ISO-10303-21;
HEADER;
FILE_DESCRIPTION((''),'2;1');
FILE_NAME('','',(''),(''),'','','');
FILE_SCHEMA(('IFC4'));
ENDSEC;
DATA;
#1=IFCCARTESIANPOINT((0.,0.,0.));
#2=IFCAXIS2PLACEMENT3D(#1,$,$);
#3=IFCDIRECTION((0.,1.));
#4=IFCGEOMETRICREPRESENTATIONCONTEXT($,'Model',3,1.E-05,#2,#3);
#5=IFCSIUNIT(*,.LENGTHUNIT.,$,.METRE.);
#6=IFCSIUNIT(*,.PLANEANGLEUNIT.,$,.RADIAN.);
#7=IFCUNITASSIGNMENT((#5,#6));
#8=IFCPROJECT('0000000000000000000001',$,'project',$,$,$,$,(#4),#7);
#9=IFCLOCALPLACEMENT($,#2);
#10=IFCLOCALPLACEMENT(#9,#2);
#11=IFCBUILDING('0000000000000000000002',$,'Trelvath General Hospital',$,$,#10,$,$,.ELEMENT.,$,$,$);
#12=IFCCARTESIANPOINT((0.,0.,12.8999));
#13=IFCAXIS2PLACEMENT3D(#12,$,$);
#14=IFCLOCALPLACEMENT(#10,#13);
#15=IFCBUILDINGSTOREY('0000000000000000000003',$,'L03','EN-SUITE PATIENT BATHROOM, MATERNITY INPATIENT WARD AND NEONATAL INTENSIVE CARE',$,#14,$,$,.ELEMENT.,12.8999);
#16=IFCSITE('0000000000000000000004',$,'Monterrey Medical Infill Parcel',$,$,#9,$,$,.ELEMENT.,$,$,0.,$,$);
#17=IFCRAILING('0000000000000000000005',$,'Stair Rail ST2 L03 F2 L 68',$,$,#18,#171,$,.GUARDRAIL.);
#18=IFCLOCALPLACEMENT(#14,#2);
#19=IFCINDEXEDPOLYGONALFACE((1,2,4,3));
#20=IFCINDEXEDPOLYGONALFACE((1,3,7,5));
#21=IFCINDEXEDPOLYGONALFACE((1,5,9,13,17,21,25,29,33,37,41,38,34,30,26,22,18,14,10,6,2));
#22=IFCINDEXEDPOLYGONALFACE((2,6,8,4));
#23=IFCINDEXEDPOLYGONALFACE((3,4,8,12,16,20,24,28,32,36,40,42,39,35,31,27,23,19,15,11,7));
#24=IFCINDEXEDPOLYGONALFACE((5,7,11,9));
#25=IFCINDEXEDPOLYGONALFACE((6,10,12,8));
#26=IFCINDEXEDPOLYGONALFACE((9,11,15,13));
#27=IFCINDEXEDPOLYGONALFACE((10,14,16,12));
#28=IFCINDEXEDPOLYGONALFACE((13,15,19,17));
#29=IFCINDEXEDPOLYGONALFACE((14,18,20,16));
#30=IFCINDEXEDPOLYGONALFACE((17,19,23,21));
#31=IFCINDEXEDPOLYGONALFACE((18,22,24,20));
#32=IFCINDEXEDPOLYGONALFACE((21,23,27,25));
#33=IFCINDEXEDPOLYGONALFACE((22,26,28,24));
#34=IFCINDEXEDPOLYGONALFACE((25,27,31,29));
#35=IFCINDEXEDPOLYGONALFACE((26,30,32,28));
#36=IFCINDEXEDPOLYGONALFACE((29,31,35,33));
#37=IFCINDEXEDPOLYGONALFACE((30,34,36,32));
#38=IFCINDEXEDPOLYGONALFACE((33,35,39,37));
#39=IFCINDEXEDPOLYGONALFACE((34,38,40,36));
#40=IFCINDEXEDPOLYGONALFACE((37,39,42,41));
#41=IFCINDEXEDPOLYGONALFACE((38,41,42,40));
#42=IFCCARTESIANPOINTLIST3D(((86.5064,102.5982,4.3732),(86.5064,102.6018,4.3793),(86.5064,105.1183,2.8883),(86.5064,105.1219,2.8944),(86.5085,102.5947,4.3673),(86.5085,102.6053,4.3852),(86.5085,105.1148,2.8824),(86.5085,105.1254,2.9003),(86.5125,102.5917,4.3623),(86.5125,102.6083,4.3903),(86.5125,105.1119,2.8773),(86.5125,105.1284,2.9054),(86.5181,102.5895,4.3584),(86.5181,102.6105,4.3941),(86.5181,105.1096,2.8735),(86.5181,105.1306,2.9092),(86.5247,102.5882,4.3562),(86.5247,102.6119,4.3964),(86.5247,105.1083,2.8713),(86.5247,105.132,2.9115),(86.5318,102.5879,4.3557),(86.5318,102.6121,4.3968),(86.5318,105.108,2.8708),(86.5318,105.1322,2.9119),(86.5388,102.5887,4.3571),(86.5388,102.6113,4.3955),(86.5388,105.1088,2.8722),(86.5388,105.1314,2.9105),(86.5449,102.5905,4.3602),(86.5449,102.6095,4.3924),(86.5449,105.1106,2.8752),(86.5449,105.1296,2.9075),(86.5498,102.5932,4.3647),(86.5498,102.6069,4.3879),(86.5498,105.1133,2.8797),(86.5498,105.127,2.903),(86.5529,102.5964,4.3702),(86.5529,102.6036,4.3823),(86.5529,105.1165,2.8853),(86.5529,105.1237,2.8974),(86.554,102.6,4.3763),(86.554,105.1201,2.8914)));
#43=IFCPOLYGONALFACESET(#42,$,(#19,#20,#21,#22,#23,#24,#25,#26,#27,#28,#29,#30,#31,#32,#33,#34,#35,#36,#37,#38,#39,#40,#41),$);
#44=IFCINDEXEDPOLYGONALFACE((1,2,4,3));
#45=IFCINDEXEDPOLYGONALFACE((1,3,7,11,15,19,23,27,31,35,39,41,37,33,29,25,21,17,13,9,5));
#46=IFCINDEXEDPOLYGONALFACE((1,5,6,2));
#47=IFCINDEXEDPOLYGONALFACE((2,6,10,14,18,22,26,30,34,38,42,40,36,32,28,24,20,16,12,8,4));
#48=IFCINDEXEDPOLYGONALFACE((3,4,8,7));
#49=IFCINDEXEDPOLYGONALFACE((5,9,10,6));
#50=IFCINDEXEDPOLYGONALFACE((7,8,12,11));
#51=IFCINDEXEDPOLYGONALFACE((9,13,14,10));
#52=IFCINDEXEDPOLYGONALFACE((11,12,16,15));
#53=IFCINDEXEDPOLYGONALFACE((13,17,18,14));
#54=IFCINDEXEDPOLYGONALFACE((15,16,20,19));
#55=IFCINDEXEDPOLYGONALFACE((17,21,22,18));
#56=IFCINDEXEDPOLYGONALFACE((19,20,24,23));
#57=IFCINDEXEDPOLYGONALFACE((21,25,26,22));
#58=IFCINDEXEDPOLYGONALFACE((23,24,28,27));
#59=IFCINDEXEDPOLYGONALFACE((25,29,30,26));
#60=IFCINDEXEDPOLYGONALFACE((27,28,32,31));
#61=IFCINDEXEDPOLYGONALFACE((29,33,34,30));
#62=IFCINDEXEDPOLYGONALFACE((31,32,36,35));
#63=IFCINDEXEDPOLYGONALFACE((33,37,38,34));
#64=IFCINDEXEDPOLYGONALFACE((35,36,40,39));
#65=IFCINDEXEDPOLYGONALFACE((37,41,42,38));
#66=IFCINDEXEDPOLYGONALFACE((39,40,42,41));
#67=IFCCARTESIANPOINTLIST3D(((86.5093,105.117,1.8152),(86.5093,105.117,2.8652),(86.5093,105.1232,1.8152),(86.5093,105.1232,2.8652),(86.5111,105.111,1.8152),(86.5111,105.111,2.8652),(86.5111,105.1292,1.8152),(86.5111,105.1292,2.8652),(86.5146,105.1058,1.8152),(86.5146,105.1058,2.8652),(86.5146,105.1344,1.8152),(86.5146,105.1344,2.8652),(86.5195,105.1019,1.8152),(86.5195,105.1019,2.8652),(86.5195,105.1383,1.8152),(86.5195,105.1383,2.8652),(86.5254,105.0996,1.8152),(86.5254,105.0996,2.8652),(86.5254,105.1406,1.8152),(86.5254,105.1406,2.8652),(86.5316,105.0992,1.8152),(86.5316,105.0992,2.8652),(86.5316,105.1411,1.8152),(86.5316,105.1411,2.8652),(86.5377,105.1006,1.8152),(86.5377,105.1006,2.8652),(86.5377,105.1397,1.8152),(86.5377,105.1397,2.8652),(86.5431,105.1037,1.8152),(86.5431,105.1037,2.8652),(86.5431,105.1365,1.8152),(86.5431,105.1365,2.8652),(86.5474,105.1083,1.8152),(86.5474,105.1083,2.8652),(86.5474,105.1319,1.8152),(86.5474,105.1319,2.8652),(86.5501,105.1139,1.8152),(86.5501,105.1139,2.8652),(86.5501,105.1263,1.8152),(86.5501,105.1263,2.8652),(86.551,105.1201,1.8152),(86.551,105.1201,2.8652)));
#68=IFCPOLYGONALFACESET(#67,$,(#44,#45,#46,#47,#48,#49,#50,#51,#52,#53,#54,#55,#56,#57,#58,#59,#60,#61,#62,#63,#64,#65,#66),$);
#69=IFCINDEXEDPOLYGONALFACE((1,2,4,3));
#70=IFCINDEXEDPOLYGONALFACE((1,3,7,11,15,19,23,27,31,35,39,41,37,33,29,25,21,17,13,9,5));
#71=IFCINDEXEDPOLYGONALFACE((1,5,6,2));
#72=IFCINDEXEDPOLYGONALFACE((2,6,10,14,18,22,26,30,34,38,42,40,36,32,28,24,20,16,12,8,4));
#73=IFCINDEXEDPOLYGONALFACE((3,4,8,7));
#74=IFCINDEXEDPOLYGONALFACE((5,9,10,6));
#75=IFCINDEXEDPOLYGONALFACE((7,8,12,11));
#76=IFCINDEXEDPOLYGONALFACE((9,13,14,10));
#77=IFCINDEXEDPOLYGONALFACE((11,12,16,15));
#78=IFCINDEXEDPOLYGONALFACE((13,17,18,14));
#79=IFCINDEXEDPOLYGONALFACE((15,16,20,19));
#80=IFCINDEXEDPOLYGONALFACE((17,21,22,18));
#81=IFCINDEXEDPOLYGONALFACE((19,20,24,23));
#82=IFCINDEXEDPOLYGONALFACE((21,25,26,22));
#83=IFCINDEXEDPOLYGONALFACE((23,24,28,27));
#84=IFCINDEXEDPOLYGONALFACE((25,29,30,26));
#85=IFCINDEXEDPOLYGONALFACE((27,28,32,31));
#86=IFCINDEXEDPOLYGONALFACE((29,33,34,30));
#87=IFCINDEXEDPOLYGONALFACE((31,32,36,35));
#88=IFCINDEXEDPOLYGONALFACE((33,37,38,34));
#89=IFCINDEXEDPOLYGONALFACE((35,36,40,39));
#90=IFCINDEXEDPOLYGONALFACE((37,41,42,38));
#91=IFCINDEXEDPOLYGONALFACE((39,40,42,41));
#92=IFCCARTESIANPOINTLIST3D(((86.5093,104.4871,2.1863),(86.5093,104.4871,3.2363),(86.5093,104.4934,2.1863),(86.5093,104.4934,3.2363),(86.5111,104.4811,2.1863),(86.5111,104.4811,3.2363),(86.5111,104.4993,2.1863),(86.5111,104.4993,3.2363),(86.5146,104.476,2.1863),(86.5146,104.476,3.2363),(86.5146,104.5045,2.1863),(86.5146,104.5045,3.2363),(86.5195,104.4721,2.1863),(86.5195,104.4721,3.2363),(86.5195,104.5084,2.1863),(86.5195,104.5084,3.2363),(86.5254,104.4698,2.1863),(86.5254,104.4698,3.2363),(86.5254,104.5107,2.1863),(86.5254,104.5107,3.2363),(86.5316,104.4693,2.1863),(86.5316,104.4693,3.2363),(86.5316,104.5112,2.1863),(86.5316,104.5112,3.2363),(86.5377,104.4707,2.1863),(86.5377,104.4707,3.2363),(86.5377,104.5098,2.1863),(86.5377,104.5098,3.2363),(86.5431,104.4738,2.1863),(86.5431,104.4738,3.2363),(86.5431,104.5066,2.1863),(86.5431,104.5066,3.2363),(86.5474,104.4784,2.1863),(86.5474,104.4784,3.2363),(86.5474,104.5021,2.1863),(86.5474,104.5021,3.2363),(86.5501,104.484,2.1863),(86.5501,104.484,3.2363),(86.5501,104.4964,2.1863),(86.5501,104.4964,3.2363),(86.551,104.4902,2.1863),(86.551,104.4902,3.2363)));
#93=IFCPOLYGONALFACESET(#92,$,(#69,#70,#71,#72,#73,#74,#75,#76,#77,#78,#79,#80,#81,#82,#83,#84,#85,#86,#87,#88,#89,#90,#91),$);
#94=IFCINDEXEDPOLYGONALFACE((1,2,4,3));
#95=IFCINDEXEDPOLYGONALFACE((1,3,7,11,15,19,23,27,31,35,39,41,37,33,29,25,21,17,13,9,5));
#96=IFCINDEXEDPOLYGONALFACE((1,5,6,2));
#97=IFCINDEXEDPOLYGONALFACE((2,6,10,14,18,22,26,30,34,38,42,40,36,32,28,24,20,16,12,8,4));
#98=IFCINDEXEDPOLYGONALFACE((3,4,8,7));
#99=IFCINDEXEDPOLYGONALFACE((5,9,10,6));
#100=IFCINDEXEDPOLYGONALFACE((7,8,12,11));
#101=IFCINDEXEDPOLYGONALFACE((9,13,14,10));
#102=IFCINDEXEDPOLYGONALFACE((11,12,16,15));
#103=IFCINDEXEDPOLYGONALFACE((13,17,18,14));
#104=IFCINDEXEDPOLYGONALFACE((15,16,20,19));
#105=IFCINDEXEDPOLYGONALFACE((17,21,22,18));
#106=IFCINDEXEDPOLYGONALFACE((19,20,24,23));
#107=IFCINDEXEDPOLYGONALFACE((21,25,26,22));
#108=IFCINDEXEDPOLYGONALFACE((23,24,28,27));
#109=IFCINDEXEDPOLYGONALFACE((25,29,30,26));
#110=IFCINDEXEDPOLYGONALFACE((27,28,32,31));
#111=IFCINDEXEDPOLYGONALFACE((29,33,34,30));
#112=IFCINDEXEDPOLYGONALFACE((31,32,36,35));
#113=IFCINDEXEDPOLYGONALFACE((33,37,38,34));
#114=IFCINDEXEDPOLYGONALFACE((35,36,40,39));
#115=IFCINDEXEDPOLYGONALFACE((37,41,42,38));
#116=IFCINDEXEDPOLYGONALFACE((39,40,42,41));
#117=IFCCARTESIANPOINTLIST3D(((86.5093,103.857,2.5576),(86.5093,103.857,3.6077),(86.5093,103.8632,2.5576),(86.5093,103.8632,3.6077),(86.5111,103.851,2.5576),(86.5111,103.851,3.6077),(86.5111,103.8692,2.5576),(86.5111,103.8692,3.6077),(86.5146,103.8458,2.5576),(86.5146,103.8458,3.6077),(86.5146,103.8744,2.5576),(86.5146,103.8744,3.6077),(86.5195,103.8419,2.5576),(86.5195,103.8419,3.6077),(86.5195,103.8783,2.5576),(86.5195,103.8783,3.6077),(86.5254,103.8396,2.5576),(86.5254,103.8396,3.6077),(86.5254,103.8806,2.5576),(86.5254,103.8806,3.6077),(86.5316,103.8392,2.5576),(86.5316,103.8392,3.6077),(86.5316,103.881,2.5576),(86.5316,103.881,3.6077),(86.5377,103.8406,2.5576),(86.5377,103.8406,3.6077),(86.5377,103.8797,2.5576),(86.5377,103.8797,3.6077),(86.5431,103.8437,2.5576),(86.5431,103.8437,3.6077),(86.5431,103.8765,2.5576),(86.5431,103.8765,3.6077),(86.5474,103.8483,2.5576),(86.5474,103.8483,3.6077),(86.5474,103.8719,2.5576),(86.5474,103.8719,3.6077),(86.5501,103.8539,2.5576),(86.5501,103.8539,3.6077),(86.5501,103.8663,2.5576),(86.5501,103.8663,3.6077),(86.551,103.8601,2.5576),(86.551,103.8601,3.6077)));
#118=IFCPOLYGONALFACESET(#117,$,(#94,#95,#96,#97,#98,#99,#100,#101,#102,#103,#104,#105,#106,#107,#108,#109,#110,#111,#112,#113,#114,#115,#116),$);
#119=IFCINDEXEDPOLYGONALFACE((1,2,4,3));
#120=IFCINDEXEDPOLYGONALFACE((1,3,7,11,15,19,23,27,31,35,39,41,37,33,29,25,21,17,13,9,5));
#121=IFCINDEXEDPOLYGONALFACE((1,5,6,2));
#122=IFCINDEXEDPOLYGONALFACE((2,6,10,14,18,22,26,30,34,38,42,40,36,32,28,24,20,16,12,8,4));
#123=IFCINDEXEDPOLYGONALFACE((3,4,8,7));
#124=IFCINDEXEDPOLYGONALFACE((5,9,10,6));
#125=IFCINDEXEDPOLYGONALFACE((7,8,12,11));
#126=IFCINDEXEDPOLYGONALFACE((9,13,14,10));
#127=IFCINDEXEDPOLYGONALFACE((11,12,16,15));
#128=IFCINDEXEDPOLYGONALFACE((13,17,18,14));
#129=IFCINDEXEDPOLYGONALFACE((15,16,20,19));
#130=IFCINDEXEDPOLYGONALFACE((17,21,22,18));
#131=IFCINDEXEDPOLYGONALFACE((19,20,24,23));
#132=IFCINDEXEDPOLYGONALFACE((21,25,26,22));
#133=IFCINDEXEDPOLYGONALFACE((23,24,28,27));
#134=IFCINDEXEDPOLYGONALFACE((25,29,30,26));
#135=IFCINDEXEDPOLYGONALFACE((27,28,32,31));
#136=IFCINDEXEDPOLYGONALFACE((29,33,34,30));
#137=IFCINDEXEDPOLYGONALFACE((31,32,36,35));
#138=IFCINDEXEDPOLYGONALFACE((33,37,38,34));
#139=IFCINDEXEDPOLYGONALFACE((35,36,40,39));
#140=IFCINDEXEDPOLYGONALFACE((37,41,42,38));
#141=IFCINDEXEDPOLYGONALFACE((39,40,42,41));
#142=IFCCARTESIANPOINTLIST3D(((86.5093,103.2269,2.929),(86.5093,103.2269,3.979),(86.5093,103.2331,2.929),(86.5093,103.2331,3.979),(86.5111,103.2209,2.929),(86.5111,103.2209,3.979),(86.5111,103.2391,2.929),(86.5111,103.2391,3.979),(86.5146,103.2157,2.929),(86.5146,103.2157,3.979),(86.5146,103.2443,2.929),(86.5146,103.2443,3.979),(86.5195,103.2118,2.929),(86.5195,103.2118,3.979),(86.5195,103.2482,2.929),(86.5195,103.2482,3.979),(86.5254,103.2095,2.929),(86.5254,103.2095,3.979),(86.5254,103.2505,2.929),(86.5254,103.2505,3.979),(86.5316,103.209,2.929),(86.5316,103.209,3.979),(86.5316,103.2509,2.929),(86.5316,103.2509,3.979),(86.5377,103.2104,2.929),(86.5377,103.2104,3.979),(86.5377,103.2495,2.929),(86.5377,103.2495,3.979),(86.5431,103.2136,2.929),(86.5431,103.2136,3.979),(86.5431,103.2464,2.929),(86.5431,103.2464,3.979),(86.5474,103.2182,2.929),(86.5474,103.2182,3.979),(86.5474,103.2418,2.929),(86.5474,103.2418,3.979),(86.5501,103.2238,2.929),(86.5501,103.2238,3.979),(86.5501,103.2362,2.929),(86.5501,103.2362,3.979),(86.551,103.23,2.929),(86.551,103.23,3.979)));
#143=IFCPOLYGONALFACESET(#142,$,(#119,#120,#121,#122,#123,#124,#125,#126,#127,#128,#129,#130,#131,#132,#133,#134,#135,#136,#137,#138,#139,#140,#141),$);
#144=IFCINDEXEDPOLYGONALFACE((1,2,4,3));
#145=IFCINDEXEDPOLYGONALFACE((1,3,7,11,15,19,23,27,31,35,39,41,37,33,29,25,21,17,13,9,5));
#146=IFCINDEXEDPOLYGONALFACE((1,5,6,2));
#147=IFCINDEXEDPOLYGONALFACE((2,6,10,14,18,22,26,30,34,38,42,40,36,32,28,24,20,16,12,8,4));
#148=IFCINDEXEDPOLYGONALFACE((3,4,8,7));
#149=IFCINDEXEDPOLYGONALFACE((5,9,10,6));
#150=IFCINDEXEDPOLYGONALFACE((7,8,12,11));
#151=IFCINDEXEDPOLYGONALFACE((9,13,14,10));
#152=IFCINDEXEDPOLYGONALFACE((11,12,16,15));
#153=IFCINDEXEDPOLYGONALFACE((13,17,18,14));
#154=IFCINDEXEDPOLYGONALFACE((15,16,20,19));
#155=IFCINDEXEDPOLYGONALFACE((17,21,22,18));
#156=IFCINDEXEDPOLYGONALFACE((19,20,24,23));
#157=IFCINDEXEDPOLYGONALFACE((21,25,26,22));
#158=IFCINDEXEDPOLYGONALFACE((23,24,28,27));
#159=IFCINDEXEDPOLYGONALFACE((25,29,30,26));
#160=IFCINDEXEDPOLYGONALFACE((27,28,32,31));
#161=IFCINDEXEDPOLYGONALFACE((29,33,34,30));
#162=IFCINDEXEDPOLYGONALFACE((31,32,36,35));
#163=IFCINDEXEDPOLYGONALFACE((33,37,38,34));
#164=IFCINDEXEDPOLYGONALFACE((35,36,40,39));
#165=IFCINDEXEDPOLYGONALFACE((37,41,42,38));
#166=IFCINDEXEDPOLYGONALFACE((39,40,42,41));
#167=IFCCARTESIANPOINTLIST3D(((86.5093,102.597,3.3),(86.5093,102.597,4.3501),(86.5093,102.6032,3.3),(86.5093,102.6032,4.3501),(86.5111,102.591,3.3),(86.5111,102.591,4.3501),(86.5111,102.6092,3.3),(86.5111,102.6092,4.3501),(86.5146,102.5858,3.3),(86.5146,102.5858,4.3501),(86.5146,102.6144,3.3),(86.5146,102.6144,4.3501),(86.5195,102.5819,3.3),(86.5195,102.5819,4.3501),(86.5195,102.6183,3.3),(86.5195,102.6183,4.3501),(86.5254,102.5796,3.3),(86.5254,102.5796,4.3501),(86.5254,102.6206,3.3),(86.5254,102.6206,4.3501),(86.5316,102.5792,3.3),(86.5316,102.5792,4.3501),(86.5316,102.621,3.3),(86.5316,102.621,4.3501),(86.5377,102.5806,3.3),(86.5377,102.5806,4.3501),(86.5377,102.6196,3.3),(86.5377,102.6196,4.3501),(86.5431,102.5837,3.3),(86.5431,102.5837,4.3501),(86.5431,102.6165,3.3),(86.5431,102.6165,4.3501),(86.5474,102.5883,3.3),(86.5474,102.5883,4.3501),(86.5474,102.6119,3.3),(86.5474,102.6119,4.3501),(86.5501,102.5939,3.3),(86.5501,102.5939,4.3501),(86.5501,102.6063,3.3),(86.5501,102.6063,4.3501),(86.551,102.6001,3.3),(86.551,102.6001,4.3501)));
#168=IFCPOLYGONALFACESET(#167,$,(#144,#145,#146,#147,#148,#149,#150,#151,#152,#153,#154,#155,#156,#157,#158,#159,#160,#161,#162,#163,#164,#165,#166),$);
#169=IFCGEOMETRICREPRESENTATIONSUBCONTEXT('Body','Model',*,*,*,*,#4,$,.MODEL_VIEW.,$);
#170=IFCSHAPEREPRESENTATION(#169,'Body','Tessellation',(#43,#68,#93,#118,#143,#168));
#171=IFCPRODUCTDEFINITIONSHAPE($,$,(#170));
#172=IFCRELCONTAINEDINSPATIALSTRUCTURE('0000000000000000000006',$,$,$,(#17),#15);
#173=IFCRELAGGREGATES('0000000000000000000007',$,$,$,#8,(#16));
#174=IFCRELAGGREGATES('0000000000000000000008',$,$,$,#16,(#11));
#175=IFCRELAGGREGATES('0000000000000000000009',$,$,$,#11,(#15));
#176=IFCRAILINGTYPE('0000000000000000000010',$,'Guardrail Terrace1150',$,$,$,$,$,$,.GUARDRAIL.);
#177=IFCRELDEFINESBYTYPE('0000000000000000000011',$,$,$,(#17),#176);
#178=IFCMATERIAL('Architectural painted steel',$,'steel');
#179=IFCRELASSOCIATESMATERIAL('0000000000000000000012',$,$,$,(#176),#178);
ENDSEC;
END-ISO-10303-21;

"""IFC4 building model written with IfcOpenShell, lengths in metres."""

from ifc_helpers import new_model, si_unit, direction, frame, origin, origin_2d, place, context, subcontext, project, spatial, circle, extrude, material, type_object, element, save


model = new_model("IFC4")

# Units and contexts
model_context = context("Model", 3, precision=1e-05, world=origin(), true_north=direction((0.0, 1.0)))
body_context = subcontext(model_context, "Body", "Model", "MODEL_VIEW")
ifc_project = project(units=[si_unit("LENGTHUNIT", "METRE"), si_unit("PLANEANGLEUNIT", "RADIAN")], contexts=[model_context])

# Site, building, storey
site_placement = place(None, origin())
site = spatial("IfcSite", under=ifc_project, at=site_placement, Name="Monterrey Medical Infill Parcel", CompositionType="ELEMENT", RefElevation=0.0)
building_placement = place(site_placement, origin())
building = spatial("IfcBuilding", under=site, at=building_placement, Name="Trelvath General Hospital", CompositionType="ELEMENT")
storey_placement = place(building_placement, frame((0.0, 0.0, 12.8999)))
storey = spatial("IfcBuildingStorey", under=building, at=storey_placement, Name="L03", Description="EN-SUITE PATIENT BATHROOM, MATERNITY INPATIENT WARD AND NEONATAL INTENSIVE CARE", CompositionType="ELEMENT", Elevation=12.8999)

# Railing
ifc_material_1 = material(Name="Architectural painted steel", Category="steel")
railing_type_1 = type_object("IfcRailingType", Name="Guardrail Terrace1150", PredefinedType="GUARDRAIL", material=ifc_material_1)
railing_1_placement = place(storey_placement, frame((86.53, 105.1201, 1.8152)))
element("IfcRailing", 1, at=railing_1_placement, inside=storey, type_object=railing_type_1, Name="Stair Rail ST2 L03 F2 L 68", PredefinedType="GUARDRAIL", context=body_context, shape_type="SweptSolid", body=[
    extrude(circle(Radius=0.0239, at=origin_2d()), frame((0.0, 0.0, 1.0762), z_axis=(0.0, -0.861561, 0.507655), x_axis=(1.0, 0.0, 0.0)), (0.0, 0.0, 1.0), 2.925),
    extrude(circle(Radius=0.021, at=origin_2d()), origin(), (0.0, 0.0, 1.0), 1.05),
    extrude(circle(Radius=0.021, at=origin_2d()), frame((0.0, -0.6299, 0.3711)), (0.0, 0.0, 1.0), 1.05),
    extrude(circle(Radius=0.021, at=origin_2d()), frame((0.0, -1.26, 0.7424)), (0.0, 0.0, 1.0), 1.05),
    extrude(circle(Radius=0.021, at=origin_2d()), frame((0.0, -1.8901, 1.1138)), (0.0, 0.0, 1.0), 1.05),
    extrude(circle(Radius=0.021, at=origin_2d()), frame((0.0, -2.52, 1.4849)), (0.0, 0.0, 1.0), 1.05),
])

save(model, "model.ifc")
